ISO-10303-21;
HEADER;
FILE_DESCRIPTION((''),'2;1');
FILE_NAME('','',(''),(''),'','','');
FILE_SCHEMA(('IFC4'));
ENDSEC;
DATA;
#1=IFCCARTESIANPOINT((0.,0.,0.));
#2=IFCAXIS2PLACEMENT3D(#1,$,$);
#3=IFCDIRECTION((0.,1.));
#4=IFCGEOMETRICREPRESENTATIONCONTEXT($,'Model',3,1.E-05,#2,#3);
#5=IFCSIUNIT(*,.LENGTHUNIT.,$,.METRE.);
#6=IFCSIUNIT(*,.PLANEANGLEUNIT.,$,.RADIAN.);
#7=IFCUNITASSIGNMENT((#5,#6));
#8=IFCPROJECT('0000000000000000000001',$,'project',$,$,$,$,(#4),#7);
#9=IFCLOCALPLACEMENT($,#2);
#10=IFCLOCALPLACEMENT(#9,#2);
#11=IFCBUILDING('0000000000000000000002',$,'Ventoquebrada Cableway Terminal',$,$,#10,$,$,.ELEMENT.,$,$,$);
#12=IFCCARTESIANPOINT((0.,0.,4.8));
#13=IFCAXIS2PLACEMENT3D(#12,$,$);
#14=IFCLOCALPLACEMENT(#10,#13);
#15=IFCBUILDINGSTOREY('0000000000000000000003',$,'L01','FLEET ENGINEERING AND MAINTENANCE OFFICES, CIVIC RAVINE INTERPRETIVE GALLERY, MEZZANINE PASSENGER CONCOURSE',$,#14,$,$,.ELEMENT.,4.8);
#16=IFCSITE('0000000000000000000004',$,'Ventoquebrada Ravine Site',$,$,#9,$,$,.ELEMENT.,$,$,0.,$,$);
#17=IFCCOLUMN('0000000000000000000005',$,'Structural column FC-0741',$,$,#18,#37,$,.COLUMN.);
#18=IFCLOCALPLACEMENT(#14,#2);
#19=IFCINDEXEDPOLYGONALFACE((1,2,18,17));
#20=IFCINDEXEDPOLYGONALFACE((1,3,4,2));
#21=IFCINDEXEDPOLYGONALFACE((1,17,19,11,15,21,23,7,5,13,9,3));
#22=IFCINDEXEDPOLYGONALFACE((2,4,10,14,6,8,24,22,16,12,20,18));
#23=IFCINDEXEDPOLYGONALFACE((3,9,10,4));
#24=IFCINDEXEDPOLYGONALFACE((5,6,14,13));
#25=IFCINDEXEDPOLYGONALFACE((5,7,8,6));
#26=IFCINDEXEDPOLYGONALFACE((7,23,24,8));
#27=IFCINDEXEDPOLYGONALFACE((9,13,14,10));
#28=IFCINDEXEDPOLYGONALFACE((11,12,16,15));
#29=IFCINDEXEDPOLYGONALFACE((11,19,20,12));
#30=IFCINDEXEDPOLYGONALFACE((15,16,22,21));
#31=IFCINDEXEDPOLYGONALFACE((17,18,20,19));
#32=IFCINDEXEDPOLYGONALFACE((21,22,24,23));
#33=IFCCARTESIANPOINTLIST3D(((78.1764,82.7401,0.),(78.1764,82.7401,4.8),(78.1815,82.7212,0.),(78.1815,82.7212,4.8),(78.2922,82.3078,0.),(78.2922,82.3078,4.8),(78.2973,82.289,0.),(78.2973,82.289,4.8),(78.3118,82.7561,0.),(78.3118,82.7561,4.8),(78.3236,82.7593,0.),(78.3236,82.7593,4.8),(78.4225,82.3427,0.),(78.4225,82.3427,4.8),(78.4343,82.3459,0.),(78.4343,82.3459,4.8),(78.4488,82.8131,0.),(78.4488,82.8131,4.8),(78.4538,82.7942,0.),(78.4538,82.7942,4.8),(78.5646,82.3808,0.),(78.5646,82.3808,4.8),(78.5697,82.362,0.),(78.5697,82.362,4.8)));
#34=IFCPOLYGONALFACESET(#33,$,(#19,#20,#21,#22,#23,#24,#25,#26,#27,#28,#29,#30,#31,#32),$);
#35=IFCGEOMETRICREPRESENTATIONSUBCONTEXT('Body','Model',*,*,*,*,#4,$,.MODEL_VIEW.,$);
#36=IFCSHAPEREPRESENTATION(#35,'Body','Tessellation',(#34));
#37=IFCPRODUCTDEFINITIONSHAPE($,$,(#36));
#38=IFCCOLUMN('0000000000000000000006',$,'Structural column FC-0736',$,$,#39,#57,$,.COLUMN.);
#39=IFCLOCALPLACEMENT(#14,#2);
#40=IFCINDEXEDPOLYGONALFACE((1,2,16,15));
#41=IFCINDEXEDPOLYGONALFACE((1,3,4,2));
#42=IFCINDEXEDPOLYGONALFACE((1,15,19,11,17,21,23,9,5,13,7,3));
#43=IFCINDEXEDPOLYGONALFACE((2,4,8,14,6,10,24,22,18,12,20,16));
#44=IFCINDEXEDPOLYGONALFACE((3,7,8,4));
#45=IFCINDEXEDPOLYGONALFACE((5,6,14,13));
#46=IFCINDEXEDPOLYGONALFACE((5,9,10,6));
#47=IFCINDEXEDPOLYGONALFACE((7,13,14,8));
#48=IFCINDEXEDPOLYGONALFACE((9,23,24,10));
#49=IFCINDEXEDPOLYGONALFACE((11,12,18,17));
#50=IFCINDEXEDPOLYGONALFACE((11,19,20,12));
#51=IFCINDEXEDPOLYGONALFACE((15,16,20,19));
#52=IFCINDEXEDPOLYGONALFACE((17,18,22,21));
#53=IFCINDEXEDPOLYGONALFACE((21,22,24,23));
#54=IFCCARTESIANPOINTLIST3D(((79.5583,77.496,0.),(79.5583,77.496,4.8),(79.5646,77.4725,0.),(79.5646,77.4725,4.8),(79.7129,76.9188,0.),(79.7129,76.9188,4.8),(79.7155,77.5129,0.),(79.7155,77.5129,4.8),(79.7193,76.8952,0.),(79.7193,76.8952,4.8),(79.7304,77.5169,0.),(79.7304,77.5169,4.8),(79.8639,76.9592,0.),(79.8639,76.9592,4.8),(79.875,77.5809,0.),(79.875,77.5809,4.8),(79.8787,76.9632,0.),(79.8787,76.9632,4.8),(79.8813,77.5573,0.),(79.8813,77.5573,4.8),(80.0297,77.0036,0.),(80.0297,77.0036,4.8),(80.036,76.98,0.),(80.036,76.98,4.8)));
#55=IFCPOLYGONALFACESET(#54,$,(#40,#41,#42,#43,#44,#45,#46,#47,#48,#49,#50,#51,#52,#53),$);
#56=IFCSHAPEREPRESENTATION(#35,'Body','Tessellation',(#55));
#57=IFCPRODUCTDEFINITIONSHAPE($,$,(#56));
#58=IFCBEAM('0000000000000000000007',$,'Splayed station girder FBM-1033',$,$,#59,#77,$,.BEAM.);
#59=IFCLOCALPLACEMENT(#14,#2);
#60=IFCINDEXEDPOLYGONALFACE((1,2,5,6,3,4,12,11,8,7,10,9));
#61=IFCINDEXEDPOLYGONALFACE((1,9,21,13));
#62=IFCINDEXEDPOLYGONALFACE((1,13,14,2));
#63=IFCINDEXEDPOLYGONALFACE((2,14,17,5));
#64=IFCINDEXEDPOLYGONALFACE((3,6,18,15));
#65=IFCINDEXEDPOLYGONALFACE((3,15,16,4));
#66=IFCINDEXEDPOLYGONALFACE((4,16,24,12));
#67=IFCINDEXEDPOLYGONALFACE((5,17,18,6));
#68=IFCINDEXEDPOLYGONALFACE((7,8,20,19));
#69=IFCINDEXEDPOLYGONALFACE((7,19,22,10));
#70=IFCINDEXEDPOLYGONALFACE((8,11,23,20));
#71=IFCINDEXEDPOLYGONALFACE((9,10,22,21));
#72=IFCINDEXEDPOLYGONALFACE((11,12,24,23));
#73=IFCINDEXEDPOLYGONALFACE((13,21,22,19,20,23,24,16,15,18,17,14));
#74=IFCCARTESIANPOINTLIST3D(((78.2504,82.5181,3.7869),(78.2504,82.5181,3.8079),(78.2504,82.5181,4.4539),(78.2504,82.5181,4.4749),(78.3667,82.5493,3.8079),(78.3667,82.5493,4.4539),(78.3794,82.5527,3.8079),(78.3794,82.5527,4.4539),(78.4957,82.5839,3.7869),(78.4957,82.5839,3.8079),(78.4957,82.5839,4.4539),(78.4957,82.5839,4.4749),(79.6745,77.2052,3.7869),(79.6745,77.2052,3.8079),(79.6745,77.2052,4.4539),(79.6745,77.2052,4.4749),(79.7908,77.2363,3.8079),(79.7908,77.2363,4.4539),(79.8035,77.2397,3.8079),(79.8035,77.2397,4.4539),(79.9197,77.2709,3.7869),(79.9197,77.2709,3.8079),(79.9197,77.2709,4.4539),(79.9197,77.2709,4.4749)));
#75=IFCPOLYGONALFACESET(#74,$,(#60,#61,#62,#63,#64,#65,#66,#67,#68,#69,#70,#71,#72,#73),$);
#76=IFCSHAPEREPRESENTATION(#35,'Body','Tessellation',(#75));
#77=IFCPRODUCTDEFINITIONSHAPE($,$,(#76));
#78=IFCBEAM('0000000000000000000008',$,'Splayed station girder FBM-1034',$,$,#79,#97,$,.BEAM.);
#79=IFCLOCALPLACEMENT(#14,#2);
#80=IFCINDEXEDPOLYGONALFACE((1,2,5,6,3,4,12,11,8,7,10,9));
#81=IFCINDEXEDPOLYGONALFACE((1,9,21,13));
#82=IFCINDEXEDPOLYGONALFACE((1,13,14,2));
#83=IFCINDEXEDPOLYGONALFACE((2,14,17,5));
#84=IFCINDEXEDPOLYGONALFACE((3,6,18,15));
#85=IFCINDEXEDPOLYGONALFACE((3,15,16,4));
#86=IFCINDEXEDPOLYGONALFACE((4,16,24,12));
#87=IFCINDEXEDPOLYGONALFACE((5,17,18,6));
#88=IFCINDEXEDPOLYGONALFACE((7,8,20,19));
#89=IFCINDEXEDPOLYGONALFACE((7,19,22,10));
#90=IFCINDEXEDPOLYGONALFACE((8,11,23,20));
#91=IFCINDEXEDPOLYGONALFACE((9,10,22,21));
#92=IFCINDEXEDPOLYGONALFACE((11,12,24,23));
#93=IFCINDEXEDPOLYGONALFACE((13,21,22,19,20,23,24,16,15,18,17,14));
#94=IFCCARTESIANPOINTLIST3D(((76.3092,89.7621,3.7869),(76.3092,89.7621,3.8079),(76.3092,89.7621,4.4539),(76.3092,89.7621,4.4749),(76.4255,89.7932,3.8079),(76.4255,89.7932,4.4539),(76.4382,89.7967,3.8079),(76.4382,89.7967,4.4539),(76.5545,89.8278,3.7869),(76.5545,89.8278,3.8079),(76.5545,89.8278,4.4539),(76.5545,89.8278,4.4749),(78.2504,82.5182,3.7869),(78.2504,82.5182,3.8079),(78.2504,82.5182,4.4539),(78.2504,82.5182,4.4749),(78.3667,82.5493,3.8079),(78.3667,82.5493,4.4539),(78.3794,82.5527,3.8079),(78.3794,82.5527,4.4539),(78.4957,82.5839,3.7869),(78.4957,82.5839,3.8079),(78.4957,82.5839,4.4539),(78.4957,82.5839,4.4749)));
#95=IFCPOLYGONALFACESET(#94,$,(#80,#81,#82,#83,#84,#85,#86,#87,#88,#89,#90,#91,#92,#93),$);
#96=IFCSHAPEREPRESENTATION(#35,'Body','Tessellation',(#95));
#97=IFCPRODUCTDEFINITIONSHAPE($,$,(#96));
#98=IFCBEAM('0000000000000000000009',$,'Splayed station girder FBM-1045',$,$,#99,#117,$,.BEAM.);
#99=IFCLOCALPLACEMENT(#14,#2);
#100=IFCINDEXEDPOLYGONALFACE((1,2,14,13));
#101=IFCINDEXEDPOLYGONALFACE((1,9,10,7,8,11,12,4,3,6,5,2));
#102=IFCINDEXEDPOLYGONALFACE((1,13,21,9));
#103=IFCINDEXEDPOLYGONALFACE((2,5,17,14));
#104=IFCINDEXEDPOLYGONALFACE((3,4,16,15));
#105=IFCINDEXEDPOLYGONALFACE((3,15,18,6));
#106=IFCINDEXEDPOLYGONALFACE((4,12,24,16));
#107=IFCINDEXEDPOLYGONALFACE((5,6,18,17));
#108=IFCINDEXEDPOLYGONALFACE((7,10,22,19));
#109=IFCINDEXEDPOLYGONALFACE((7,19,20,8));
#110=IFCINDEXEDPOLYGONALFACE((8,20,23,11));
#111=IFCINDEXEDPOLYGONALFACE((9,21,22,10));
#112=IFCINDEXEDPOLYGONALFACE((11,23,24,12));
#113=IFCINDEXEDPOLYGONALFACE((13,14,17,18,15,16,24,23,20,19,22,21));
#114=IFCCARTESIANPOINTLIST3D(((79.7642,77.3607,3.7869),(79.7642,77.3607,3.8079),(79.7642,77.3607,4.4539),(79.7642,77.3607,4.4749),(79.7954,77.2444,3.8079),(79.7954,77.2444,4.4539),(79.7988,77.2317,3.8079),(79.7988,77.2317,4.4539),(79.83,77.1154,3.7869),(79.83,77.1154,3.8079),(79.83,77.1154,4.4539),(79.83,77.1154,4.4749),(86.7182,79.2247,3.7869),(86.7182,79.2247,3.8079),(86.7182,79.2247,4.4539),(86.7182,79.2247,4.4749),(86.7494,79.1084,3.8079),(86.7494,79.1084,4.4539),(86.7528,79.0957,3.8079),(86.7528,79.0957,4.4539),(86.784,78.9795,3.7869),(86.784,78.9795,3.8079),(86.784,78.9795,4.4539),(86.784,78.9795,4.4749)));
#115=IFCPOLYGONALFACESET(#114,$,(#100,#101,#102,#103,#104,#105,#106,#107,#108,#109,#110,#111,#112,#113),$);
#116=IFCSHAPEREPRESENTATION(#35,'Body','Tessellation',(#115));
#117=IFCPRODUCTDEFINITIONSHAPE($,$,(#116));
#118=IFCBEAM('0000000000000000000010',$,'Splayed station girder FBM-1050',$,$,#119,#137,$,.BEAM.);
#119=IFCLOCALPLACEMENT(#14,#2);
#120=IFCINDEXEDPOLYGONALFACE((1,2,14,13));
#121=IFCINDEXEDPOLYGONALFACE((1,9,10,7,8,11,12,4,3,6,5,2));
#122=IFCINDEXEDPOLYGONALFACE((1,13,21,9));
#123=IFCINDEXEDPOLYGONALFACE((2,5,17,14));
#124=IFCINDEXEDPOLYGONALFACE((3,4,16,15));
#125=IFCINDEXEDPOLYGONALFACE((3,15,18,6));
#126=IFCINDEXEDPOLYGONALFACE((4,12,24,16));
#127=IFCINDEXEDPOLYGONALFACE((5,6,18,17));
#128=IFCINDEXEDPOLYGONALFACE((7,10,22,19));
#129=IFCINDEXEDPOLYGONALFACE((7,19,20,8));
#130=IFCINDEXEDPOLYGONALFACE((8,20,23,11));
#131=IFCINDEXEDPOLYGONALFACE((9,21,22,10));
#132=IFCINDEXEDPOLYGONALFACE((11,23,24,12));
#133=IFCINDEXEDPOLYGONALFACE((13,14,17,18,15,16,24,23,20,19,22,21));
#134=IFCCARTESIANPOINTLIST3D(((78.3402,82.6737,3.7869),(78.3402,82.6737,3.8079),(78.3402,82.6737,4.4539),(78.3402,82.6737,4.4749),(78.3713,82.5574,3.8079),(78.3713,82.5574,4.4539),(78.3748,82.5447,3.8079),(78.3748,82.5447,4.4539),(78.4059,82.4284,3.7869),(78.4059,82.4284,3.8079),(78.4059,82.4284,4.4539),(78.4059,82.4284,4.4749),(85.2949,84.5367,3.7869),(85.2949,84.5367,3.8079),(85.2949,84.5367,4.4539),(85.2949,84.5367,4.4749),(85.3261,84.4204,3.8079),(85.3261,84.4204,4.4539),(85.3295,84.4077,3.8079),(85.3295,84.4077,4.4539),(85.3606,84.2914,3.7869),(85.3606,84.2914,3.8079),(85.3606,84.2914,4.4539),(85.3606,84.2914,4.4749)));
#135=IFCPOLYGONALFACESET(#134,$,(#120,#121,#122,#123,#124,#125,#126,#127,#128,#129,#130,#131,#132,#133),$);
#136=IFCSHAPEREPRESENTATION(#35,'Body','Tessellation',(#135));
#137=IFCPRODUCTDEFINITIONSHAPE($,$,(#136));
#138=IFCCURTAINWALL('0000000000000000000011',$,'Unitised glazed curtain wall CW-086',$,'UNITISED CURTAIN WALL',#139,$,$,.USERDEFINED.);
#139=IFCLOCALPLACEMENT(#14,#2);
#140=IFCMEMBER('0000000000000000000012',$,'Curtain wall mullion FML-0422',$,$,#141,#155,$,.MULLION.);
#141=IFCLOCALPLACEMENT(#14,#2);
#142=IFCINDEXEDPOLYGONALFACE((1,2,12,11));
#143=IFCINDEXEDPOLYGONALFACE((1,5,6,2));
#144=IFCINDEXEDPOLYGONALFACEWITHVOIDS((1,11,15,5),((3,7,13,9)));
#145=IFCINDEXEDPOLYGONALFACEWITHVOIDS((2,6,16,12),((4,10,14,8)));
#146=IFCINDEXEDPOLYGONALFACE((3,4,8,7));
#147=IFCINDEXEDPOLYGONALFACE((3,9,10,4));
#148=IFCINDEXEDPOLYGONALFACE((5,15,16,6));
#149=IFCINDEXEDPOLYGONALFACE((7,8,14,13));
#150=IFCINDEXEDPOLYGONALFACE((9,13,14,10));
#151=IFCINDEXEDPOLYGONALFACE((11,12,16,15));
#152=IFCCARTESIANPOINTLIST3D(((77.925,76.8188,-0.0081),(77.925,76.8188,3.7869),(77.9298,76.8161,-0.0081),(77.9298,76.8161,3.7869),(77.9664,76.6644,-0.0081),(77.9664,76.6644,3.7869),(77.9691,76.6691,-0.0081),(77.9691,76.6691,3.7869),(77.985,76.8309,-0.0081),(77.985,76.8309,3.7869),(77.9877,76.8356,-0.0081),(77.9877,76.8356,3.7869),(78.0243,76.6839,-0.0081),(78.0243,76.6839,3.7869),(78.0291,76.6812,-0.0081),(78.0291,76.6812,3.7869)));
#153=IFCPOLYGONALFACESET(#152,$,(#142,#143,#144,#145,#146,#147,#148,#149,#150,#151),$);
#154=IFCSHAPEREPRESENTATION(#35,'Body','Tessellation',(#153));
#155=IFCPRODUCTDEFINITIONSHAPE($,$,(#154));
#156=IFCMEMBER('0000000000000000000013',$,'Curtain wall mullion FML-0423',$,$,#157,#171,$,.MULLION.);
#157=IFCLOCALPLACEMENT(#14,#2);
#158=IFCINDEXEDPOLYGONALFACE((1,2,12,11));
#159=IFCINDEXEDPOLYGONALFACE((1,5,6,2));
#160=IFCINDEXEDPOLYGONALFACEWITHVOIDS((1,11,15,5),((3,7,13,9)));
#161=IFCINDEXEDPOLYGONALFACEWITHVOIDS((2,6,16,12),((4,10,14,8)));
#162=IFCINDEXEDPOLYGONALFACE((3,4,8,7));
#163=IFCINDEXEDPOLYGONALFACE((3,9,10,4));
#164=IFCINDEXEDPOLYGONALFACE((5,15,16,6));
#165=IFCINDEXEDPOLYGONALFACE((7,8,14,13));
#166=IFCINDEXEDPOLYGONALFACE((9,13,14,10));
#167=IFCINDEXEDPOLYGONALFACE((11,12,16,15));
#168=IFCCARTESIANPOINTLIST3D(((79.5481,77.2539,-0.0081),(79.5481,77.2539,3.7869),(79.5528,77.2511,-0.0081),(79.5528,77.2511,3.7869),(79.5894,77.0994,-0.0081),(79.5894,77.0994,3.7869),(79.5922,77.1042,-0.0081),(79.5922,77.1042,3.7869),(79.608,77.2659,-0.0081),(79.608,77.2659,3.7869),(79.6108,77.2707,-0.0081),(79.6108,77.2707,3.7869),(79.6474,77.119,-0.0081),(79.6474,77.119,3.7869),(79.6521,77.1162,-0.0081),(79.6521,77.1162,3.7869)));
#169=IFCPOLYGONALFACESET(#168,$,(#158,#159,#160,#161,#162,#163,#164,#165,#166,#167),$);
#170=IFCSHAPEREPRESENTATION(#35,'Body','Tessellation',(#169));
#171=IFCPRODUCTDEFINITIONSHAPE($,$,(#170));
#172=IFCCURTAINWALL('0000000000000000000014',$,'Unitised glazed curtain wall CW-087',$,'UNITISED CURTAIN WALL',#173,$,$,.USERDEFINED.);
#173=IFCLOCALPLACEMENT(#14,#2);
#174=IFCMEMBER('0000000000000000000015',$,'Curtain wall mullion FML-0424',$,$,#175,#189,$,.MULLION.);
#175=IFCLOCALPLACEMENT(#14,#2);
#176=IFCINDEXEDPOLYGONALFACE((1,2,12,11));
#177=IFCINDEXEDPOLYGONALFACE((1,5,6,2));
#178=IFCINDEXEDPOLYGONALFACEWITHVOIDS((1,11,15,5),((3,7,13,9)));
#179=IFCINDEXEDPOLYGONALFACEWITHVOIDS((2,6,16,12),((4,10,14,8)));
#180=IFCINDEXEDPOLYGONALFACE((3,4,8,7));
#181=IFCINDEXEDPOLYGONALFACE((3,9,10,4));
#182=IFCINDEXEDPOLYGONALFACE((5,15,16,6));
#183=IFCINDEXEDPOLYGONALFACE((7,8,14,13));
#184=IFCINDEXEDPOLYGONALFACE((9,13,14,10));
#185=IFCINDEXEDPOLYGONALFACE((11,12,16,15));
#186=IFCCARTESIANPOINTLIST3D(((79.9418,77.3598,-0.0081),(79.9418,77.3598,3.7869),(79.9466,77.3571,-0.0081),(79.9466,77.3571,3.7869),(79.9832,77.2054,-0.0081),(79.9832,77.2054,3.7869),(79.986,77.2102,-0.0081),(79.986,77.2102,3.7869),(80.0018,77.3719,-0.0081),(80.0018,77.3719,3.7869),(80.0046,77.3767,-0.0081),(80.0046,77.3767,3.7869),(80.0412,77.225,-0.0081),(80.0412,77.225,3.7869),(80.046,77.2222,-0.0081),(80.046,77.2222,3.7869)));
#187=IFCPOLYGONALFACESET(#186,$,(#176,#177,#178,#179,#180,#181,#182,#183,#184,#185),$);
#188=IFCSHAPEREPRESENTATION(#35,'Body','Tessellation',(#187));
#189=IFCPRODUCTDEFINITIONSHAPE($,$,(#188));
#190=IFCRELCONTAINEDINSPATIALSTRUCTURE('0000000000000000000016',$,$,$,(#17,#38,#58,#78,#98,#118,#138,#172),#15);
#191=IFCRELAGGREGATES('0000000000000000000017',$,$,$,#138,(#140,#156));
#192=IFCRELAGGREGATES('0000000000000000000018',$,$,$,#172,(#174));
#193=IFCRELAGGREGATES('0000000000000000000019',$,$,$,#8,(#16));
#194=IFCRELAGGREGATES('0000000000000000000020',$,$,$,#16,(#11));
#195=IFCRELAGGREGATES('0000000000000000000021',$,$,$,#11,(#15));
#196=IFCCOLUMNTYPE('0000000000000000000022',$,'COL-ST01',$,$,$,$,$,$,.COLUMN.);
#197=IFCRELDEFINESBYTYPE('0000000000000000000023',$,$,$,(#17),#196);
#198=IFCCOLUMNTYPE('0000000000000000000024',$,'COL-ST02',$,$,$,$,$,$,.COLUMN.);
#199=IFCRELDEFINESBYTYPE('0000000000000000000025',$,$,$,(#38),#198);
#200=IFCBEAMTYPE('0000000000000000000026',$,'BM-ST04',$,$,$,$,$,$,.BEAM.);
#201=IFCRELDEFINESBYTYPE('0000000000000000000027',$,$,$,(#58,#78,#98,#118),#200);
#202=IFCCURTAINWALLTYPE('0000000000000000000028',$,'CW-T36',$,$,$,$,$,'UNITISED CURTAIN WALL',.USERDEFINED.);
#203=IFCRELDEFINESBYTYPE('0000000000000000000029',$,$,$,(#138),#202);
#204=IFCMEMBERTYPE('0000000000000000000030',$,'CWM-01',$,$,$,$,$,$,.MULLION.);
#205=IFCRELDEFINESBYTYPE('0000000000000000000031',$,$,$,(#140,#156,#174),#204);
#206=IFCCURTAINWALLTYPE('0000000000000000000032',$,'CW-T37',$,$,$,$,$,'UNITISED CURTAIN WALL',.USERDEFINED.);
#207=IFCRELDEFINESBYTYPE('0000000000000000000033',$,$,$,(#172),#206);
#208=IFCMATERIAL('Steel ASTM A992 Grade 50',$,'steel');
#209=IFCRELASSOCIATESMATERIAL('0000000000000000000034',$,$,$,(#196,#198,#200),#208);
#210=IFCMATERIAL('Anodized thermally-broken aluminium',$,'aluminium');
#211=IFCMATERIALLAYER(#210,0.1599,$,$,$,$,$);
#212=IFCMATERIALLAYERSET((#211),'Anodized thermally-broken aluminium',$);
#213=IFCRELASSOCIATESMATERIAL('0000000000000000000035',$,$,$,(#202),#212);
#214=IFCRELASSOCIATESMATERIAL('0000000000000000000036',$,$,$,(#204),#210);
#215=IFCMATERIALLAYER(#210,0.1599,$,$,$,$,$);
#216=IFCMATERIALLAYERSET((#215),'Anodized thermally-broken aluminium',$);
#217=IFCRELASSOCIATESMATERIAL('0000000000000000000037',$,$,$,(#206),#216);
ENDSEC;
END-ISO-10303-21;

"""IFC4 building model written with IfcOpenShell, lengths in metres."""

from ifc_helpers import new_model, si_unit, direction, frame, origin, origin_2d, place, context, subcontext, project, spatial, hollow_rectangle, i_section, extrude, material, layer, layer_set, material_profile, profile_set, type_object, element, aggregate, save


model = new_model("IFC4")

# Units and contexts
model_context = context("Model", 3, precision=1e-05, world=origin(), true_north=direction((0.0, 1.0)))
body_context = subcontext(model_context, "Body", "Model", "MODEL_VIEW")
ifc_project = project(units=[si_unit("LENGTHUNIT", "METRE"), si_unit("PLANEANGLEUNIT", "RADIAN")], contexts=[model_context])

# Site, building, storey
site_placement = place(None, origin())
site = spatial("IfcSite", under=ifc_project, at=site_placement, Name="Ventoquebrada Ravine Site", CompositionType="ELEMENT", RefElevation=0.0)
building_placement = place(site_placement, origin())
building = spatial("IfcBuilding", under=site, at=building_placement, Name="Ventoquebrada Cableway Terminal", CompositionType="ELEMENT")
storey_placement = place(building_placement, frame((0.0, 0.0, 4.8)))
storey = spatial("IfcBuildingStorey", under=building, at=storey_placement, Name="L01", Description="FLEET ENGINEERING AND MAINTENANCE OFFICES, CIVIC RAVINE INTERPRETIVE GALLERY, MEZZANINE PASSENGER CONCOURSE", CompositionType="ELEMENT", Elevation=4.8)

# Columns
ifc_material_1 = material(Name="Steel ASTM A992 Grade 50", Category="steel")
ifc_material_profile_1 = material_profile(ifc_material_1, i_section(OverallWidth=0.282, OverallDepth=0.467, WebThickness=0.0122, FlangeThickness=0.0195, at=origin_2d()), Name="W18X86")
ifc_profile_set_1 = profile_set([ifc_material_profile_1], Name="Steel ASTM A992 Grade 50")
column_type_1 = type_object("IfcColumnType", Name="COL-ST01", PredefinedType="COLUMN", material=ifc_profile_set_1)
column_1_placement = place(storey_placement, frame((78.373, 82.551, 0.0), z_axis=(0.0, 0.0, 1.0), x_axis=(0.965926, 0.258819, 0.0)))
element("IfcColumn", 1, at=column_1_placement, inside=storey, type_object=column_type_1, Name="Structural column FC-0741", PredefinedType="COLUMN", context=body_context, shape_type="SweptSolid", body=[
    extrude(i_section(OverallWidth=0.282, OverallDepth=0.467, WebThickness=0.0122, FlangeThickness=0.0195, at=origin_2d()), origin(), (0.0, 0.0, 1.0), 4.8),
])
ifc_material_profile_2 = material_profile(ifc_material_1, i_section(OverallWidth=0.3279, OverallDepth=0.6221, WebThickness=0.0154, FlangeThickness=0.0244, at=origin_2d()), Name="W24X131")
ifc_profile_set_2 = profile_set([ifc_material_profile_2], Name="Steel ASTM A992 Grade 50")
column_type_2 = type_object("IfcColumnType", Name="COL-ST02", PredefinedType="COLUMN", material=ifc_profile_set_2)
column_2_placement = place(storey_placement, frame((79.7971, 77.238, 0.0), z_axis=(0.0, 0.0, 1.0), x_axis=(0.965926, 0.258819, 0.0)))
element("IfcColumn", 2, at=column_2_placement, inside=storey, type_object=column_type_2, Name="Structural column FC-0736", PredefinedType="COLUMN", context=body_context, shape_type="SweptSolid", body=[
    extrude(i_section(OverallWidth=0.3279, OverallDepth=0.6221, WebThickness=0.0154, FlangeThickness=0.0244, at=origin_2d()), origin(), (0.0, 0.0, 1.0), 4.8),
])

# Beams
ifc_material_profile_3 = material_profile(ifc_material_1, i_section(OverallWidth=0.2539, OverallDepth=0.688, WebThickness=0.0132, FlangeThickness=0.021, at=origin_2d()), Name="W27X102")
ifc_profile_set_3 = profile_set([ifc_material_profile_3], Name="Steel ASTM A992 Grade 50")
beam_type_1 = type_object("IfcBeamType", Name="BM-ST04", PredefinedType="BEAM", material=ifc_profile_set_3)
beam_1_placement = place(storey_placement, frame((79.7971, 77.238, 4.1309), z_axis=(-0.258897, 0.965905, 0.0), x_axis=(-0.965905, -0.258897, 0.0)))
element("IfcBeam", 3, at=beam_1_placement, inside=storey, type_object=beam_type_1, Name="Splayed station girder FBM-1033", PredefinedType="BEAM", context=body_context, shape_type="SweptSolid", body=[
    extrude(i_section(OverallWidth=0.2539, OverallDepth=0.688, WebThickness=0.0132, FlangeThickness=0.021, at=origin_2d()), origin(), (0.0, 0.0, 1.0), 5.5005),
])
beam_2_placement = place(storey_placement, frame((78.373, 82.551, 4.1309), z_axis=(-0.25884, 0.96592, 0.0), x_axis=(-0.96592, -0.25884, 0.0)))
element("IfcBeam", 4, at=beam_2_placement, inside=storey, type_object=beam_type_1, Name="Splayed station girder FBM-1034", PredefinedType="BEAM", context=body_context, shape_type="SweptSolid", body=[
    extrude(i_section(OverallWidth=0.2539, OverallDepth=0.688, WebThickness=0.0132, FlangeThickness=0.021, at=origin_2d()), origin(), (0.0, 0.0, 1.0), 7.4995),
])
beam_3_placement = place(storey_placement, frame((79.7971, 77.238, 4.1309), z_axis=(0.9659, 0.258914, 0.0), x_axis=(-0.258914, 0.9659, 0.0)))
element("IfcBeam", 5, at=beam_3_placement, inside=storey, type_object=beam_type_1, Name="Splayed station girder FBM-1045", PredefinedType="BEAM", context=body_context, shape_type="SweptSolid", body=[
    extrude(i_section(OverallWidth=0.2539, OverallDepth=0.688, WebThickness=0.0132, FlangeThickness=0.021, at=origin_2d()), origin(), (0.0, 0.0, 1.0), 7.1995),
])
beam_4_placement = place(storey_placement, frame((78.373, 82.551, 4.1309), z_axis=(0.965943, 0.258754, 0.0), x_axis=(-0.258754, 0.965943, 0.0)))
element("IfcBeam", 6, at=beam_4_placement, inside=storey, type_object=beam_type_1, Name="Splayed station girder FBM-1050", PredefinedType="BEAM", context=body_context, shape_type="SweptSolid", body=[
    extrude(i_section(OverallWidth=0.2539, OverallDepth=0.688, WebThickness=0.0132, FlangeThickness=0.021, at=origin_2d()), origin(), (0.0, 0.0, 1.0), 7.2),
])

# Curtain walls, members
ifc_material_2 = material(Name="Anodized thermally-broken aluminium", Category="aluminium")
ifc_layer_1 = layer(ifc_material_2, 0.1599)
ifc_layer_set_1 = layer_set([ifc_layer_1], Name="Anodized thermally-broken aluminium")
curtain_wall_type_1 = type_object("IfcCurtainWallType", Name="CW-T36", ElementType="UNITISED CURTAIN WALL", PredefinedType="USERDEFINED", material=ifc_layer_set_1)
curtain_wall_1_placement = place(storey_placement, origin())
curtain_wall_1 = element("IfcCurtainWall", 7, at=curtain_wall_1_placement, inside=storey, type_object=curtain_wall_type_1, Name="Unitised glazed curtain wall CW-086", ObjectType="UNITISED CURTAIN WALL", PredefinedType="USERDEFINED")
ifc_material_profile_4 = material_profile(ifc_material_2, hollow_rectangle(XDim=0.0649, YDim=0.1599, WallThickness=0.0039, at=origin_2d()), Name="CW-MUL-65X160")
ifc_profile_set_4 = profile_set([ifc_material_profile_4], Name="Anodized thermally-broken aluminium")
member_type_1 = type_object("IfcMemberType", Name="CWM-01", PredefinedType="MULLION", material=ifc_profile_set_4)
member_1_placement = place(storey_placement, frame((77.9771, 76.75, -0.0081), z_axis=(0.0, 0.0, 1.0), x_axis=(0.965971, 0.25865, 0.0)))
member_1 = element("IfcMember", 8, at=member_1_placement, type_object=member_type_1, Name="Curtain wall mullion FML-0422", PredefinedType="MULLION", context=body_context, shape_type="SweptSolid", body=[
    extrude(hollow_rectangle(XDim=0.0649, YDim=0.1599, WallThickness=0.0039, at=origin_2d()), origin(), (0.0, 0.0, 1.0), 3.7949),
])
member_2_placement = place(storey_placement, frame((79.6001, 77.1851, -0.0081), z_axis=(0.0, 0.0, 1.0), x_axis=(0.965971, 0.25865, 0.0)))
member_2 = element("IfcMember", 9, at=member_2_placement, type_object=member_type_1, Name="Curtain wall mullion FML-0423", PredefinedType="MULLION", context=body_context, shape_type="SweptSolid", body=[
    extrude(hollow_rectangle(XDim=0.0649, YDim=0.1599, WallThickness=0.0039, at=origin_2d()), origin(), (0.0, 0.0, 1.0), 3.7949),
])
ifc_layer_2 = layer(ifc_material_2, 0.1599)
ifc_layer_set_2 = layer_set([ifc_layer_2], Name="Anodized thermally-broken aluminium")
curtain_wall_type_2 = type_object("IfcCurtainWallType", Name="CW-T37", ElementType="UNITISED CURTAIN WALL", PredefinedType="USERDEFINED", material=ifc_layer_set_2)
curtain_wall_2_placement = place(storey_placement, origin())
curtain_wall_2 = element("IfcCurtainWall", 10, at=curtain_wall_2_placement, inside=storey, type_object=curtain_wall_type_2, Name="Unitised glazed curtain wall CW-087", ObjectType="UNITISED CURTAIN WALL", PredefinedType="USERDEFINED")
member_3_placement = place(storey_placement, frame((79.9939, 77.291, -0.0081), z_axis=(0.0, 0.0, 1.0), x_axis=(0.965926, 0.258819, 0.0)))
member_3 = element("IfcMember", 11, at=member_3_placement, type_object=member_type_1, Name="Curtain wall mullion FML-0424", PredefinedType="MULLION", context=body_context, shape_type="SweptSolid", body=[
    extrude(hollow_rectangle(XDim=0.0649, YDim=0.1599, WallThickness=0.0039, at=origin_2d()), origin(), (0.0, 0.0, 1.0), 3.7949),
])

aggregate(curtain_wall_1, [member_1, member_2])
aggregate(curtain_wall_2, [member_3])

save(model, "model.ifc")
